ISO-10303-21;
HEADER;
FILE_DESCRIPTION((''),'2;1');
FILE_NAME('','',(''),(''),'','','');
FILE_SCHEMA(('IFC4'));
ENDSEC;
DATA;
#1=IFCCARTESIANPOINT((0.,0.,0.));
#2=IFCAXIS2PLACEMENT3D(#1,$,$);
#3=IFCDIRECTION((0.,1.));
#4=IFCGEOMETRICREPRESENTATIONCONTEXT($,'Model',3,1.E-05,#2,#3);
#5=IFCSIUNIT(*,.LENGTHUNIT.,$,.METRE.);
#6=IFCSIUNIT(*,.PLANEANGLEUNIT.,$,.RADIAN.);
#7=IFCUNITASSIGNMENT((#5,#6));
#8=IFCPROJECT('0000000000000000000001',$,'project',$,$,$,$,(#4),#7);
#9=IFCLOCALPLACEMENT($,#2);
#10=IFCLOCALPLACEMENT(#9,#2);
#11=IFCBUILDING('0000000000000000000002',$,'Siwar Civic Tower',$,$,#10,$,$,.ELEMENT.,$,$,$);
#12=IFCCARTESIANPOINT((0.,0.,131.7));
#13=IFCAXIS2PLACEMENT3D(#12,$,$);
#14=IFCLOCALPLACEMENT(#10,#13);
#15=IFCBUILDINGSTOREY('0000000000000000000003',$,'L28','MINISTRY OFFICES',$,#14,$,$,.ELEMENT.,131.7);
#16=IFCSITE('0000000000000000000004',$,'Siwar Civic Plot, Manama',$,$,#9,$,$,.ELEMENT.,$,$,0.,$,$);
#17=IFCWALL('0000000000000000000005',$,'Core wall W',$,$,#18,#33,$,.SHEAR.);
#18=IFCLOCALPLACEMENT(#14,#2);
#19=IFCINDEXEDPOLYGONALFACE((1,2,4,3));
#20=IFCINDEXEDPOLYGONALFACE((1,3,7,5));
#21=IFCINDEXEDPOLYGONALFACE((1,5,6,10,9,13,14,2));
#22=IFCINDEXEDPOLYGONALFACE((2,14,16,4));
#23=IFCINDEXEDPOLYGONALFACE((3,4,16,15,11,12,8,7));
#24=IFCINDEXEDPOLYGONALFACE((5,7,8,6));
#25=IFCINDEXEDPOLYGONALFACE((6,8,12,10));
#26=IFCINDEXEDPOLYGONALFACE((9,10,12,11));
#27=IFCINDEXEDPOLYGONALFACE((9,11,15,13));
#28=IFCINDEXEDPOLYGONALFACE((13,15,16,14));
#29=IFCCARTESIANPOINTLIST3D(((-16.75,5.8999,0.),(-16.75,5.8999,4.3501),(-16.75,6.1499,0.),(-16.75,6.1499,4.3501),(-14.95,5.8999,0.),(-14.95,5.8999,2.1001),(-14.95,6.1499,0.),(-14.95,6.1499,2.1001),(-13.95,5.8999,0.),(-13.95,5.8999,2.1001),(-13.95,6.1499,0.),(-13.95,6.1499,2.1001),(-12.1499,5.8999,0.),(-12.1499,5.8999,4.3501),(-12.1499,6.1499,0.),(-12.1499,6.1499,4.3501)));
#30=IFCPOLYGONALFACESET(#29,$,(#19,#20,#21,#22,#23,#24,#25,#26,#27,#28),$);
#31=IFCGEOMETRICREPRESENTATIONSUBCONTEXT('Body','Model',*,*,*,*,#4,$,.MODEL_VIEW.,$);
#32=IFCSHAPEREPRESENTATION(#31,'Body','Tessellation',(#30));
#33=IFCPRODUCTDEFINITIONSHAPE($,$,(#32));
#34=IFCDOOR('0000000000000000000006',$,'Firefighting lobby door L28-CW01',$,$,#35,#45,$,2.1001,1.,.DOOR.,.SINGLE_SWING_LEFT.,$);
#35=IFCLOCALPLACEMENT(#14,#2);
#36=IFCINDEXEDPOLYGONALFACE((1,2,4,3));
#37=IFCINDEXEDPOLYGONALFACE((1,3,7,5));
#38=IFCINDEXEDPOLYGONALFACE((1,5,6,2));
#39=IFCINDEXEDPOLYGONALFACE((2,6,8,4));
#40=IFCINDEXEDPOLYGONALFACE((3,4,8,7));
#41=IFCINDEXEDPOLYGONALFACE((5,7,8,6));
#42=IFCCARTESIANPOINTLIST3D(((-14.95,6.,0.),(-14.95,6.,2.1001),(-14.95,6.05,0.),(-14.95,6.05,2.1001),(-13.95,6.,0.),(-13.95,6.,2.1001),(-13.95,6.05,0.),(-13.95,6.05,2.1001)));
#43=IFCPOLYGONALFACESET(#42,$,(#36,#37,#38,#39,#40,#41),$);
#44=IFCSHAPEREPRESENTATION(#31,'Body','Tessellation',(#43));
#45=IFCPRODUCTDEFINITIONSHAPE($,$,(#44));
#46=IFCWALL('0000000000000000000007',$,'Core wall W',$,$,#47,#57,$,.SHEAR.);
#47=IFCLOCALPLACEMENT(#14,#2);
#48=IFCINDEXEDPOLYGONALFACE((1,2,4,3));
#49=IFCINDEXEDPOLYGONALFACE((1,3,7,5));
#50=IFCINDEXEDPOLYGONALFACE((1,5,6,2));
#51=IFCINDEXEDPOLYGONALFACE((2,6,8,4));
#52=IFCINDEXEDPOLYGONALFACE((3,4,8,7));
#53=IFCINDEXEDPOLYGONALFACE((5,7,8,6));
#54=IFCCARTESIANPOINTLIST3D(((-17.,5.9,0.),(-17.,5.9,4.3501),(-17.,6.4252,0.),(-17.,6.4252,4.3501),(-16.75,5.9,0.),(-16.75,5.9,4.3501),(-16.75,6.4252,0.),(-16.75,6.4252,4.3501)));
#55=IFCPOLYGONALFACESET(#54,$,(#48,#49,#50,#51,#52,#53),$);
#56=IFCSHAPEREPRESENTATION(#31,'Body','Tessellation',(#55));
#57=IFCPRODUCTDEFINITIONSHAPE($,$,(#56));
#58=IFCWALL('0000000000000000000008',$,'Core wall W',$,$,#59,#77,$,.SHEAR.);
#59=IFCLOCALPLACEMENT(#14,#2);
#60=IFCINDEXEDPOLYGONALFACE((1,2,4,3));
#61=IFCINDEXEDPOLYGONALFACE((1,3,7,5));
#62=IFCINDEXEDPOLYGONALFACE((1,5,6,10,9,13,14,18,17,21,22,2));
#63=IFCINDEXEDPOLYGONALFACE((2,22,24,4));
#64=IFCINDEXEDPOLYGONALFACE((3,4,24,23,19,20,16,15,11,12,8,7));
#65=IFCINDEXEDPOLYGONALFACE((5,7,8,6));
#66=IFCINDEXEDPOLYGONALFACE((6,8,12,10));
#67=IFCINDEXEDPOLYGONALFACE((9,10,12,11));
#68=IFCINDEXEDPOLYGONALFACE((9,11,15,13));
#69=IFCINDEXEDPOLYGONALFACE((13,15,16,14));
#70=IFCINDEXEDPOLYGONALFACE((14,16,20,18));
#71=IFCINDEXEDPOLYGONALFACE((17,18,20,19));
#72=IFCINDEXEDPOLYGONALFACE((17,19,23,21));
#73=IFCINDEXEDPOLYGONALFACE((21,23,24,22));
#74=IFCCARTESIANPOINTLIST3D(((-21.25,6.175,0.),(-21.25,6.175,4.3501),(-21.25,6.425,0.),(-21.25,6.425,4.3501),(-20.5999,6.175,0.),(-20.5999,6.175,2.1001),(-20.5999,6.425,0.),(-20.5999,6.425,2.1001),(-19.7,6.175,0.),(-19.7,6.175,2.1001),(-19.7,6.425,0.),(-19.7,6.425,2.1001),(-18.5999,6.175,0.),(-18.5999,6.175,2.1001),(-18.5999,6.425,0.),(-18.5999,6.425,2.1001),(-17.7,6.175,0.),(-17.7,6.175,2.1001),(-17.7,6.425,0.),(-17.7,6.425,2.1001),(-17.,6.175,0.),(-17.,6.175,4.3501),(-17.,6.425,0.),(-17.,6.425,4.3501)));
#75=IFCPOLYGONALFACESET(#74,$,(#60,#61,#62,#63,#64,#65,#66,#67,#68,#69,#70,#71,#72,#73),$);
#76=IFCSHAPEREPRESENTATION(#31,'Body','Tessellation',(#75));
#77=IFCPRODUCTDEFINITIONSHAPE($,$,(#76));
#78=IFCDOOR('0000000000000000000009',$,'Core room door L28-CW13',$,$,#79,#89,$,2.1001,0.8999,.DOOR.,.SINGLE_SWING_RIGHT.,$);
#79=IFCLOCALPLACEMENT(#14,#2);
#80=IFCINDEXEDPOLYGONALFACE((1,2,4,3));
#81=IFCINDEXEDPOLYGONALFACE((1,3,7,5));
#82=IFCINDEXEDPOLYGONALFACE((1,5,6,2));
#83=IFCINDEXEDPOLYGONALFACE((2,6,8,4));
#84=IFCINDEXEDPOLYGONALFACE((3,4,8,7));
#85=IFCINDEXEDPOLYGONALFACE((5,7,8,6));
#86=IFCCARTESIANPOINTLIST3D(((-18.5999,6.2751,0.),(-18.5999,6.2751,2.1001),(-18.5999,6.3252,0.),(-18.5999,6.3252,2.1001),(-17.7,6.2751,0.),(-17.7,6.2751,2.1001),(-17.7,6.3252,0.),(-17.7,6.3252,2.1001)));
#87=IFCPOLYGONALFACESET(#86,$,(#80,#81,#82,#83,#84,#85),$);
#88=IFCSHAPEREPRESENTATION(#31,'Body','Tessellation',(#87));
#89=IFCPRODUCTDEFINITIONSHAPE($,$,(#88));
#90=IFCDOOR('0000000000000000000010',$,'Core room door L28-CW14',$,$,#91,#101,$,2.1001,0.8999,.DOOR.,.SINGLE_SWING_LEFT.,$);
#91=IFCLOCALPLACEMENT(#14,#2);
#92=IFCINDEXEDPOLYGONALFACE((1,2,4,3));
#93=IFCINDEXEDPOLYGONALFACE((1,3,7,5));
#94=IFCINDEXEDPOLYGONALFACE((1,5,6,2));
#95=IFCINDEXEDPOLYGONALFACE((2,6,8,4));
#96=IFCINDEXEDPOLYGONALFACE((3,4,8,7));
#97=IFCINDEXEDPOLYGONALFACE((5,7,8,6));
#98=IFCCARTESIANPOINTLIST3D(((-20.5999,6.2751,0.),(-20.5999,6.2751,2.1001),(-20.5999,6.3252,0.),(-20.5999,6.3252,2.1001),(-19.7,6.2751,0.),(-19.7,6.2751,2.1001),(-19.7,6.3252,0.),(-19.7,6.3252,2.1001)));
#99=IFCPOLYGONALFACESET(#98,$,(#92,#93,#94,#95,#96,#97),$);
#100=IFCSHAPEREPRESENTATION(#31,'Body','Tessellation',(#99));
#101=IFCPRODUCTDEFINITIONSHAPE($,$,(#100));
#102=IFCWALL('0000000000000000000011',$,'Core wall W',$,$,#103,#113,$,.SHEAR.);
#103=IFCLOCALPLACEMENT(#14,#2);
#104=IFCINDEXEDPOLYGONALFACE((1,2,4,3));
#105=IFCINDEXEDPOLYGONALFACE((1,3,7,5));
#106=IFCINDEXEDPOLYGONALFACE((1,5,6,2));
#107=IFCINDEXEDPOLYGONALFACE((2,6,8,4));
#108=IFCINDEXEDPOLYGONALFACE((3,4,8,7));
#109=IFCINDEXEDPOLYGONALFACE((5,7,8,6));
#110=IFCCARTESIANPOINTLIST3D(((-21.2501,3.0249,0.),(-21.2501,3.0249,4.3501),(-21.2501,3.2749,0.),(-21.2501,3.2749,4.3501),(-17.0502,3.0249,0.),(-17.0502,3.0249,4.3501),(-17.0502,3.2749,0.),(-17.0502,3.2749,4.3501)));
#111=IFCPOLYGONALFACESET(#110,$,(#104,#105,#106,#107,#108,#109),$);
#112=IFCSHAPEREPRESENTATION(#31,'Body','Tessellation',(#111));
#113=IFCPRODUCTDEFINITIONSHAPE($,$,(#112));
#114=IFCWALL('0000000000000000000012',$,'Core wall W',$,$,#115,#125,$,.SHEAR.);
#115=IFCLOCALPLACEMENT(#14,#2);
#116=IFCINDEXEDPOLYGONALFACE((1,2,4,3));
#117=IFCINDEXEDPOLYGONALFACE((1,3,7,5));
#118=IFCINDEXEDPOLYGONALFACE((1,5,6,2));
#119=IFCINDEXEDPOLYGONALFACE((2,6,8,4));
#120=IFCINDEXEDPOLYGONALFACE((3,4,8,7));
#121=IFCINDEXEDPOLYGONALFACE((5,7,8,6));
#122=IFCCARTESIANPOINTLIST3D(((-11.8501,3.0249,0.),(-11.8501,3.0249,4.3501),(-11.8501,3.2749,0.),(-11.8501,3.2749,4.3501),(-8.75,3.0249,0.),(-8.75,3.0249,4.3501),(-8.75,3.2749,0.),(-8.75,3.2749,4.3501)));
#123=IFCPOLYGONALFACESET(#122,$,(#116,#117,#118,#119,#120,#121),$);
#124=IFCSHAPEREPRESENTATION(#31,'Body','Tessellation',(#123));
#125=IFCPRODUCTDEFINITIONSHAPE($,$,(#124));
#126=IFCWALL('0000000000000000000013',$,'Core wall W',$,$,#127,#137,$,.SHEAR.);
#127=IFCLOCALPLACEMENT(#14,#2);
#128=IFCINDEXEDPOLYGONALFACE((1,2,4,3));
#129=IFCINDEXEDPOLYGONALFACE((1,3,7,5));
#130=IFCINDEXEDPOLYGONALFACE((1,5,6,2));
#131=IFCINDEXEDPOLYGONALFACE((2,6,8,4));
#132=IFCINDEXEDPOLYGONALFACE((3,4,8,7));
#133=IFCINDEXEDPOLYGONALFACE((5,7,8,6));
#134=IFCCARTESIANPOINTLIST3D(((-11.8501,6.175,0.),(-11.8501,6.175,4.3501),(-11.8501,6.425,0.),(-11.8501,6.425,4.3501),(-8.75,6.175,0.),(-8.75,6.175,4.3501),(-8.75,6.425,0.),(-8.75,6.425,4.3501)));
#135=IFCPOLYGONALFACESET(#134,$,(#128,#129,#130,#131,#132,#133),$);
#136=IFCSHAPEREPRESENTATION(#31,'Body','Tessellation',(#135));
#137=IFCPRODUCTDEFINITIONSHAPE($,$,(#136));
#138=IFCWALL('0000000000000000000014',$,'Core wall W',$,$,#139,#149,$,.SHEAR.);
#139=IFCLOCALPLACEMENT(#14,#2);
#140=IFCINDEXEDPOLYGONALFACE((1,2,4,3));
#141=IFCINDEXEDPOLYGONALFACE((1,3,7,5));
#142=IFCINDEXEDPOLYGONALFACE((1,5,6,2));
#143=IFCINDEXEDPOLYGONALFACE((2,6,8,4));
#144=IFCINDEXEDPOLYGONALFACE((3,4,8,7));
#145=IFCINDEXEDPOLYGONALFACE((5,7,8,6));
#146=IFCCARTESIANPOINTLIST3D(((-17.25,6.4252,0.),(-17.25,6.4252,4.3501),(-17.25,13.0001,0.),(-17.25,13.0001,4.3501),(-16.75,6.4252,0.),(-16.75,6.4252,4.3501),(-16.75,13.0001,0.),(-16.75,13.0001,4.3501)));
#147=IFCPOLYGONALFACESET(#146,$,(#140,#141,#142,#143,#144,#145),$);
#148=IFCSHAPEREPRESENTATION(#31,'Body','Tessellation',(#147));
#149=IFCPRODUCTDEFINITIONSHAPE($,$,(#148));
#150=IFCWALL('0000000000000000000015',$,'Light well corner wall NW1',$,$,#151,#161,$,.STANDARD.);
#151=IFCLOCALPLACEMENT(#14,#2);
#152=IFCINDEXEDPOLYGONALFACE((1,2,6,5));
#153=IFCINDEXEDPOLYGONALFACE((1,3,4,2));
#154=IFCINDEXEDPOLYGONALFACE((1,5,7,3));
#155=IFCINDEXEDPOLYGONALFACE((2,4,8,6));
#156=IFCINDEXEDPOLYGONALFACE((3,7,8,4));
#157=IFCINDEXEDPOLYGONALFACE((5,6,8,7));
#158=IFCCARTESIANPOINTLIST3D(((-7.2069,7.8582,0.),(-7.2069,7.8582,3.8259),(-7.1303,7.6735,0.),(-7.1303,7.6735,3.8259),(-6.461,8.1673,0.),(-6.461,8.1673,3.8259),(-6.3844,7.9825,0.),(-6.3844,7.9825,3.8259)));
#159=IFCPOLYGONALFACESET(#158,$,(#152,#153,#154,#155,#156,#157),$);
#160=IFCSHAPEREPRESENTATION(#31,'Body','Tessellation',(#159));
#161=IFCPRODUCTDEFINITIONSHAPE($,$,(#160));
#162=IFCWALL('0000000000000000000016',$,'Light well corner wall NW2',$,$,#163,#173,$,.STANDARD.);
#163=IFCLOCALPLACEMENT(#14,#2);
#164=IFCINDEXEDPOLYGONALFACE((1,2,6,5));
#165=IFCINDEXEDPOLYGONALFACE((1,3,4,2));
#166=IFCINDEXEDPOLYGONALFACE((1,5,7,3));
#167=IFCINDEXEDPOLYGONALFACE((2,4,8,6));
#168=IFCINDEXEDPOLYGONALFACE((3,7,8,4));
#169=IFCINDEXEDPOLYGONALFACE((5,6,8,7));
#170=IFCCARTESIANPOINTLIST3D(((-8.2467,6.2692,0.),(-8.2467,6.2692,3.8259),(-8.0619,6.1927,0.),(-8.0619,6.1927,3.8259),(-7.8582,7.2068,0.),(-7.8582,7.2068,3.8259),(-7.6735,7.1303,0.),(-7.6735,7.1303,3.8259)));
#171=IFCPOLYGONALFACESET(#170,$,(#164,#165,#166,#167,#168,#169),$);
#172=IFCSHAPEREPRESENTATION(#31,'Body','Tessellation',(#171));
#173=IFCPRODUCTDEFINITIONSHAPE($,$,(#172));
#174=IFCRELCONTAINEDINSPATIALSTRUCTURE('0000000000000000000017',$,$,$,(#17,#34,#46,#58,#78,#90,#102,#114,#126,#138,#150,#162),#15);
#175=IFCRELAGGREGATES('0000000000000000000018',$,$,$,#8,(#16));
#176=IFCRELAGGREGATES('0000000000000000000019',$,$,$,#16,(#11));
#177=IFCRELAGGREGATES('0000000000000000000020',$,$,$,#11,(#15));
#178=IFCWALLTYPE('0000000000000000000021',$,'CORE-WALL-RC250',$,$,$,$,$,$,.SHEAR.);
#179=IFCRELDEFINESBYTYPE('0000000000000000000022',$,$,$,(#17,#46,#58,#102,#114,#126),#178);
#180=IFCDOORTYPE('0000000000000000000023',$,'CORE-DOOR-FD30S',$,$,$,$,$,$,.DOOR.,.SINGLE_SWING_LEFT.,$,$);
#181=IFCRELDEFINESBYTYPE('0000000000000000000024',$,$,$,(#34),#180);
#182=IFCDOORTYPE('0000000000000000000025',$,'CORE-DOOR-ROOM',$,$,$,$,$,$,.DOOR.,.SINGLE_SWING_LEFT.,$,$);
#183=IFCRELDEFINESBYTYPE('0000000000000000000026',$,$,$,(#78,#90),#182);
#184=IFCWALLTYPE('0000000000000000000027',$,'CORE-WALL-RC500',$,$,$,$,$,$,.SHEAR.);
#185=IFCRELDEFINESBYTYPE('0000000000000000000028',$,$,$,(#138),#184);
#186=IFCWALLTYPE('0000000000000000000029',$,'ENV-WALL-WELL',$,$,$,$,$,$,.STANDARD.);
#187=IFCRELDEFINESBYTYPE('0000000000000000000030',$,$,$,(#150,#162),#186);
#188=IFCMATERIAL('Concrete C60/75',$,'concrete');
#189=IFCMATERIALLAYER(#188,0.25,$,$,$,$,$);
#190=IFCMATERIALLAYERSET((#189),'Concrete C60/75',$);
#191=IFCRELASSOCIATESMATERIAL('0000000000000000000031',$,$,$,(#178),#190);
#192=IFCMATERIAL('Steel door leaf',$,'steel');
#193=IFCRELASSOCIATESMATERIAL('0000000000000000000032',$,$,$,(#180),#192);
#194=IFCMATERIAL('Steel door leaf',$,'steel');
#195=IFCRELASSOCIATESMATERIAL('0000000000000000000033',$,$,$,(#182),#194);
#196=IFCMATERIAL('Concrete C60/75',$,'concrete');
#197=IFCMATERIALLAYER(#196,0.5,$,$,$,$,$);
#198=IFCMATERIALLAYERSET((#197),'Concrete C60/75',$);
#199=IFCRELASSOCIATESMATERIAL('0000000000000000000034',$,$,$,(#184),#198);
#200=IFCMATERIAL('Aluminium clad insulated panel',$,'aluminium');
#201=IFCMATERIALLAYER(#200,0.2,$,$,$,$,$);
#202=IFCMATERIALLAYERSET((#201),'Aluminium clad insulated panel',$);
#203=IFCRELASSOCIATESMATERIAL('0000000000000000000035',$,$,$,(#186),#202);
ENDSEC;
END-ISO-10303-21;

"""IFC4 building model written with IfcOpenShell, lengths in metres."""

from ifc_helpers import new_model, si_unit, direction, frame, frame_2d, origin, place, context, subcontext, project, spatial, rectangle, extrude, material, layer, layer_set, type_object, element, fill, save


model = new_model("IFC4")

# Units and contexts
model_context = context("Model", 3, precision=1e-05, world=origin(), true_north=direction((0.0, 1.0)))
body_context = subcontext(model_context, "Body", "Model", "MODEL_VIEW")
ifc_project = project(units=[si_unit("LENGTHUNIT", "METRE"), si_unit("PLANEANGLEUNIT", "RADIAN")], contexts=[model_context])

# Site, building, storey
site_placement = place(None, origin())
site = spatial("IfcSite", under=ifc_project, at=site_placement, Name="Siwar Civic Plot, Manama", CompositionType="ELEMENT", RefElevation=0.0)
building_placement = place(site_placement, origin())
building = spatial("IfcBuilding", under=site, at=building_placement, Name="Siwar Civic Tower", CompositionType="ELEMENT")
storey_placement = place(building_placement, frame((0.0, 0.0, 131.7)))
storey = spatial("IfcBuildingStorey", under=building, at=storey_placement, Name="L28", Description="MINISTRY OFFICES", CompositionType="ELEMENT", Elevation=131.7)

# Wall, opening, door
ifc_material_1 = material(Name="Concrete C60/75", Category="concrete")
ifc_layer_1 = layer(ifc_material_1, 0.25)
ifc_layer_set_1 = layer_set([ifc_layer_1], Name="Concrete C60/75")
wall_type_1 = type_object("IfcWallType", Name="CORE-WALL-RC250", PredefinedType="SHEAR", material=ifc_layer_set_1)
wall_1_placement = place(storey_placement, frame((-12.1499, 6.0249, 0.0), z_axis=(0.0, 0.0, 1.0), x_axis=(-1.0, 0.0, 0.0)))
wall_1 = element("IfcWall", 1, at=wall_1_placement, inside=storey, type_object=wall_type_1, Name="Core wall W", PredefinedType="SHEAR", context=body_context, shape_type="SweptSolid", body=[
    extrude(rectangle(XDim=4.6001, YDim=0.25, at=frame_2d((2.3, 0.0))), origin(), (0.0, 0.0, 1.0), 4.3501),
])
opening_1_placement = place(wall_1_placement, frame((1.8, 0.0, 0.0)))
opening_1 = element("IfcOpeningElement", 2, at=opening_1_placement, cuts=wall_1, PredefinedType="OPENING", context=body_context, shape_type="SweptSolid", body=[
    extrude(rectangle(XDim=1.0, YDim=2.1001, at=frame_2d((0.5, 1.05))), frame((0.0, 0.135, 0.0), z_axis=(0.0, -1.0, 0.0), x_axis=(1.0, 0.0, 0.0)), (0.0, 0.0, 1.0), 0.27),
])
ifc_material_2 = material(Name="Steel door leaf", Category="steel")
door_type_1 = type_object("IfcDoorType", Name="CORE-DOOR-FD30S", OperationType="SINGLE_SWING_LEFT", PredefinedType="DOOR", material=ifc_material_2)
door_1_placement = place(opening_1_placement, origin())
door_1 = element("IfcDoor", 3, at=door_1_placement, inside=storey, type_object=door_type_1, Name="Firefighting lobby door L28-CW01", OperationType="SINGLE_SWING_LEFT", OverallHeight=2.1001, OverallWidth=1.0, PredefinedType="DOOR", context=body_context, shape_type="SweptSolid", body=[
    extrude(rectangle(XDim=1.0, YDim=2.1001, at=frame_2d((0.5, 1.05))), frame((0.0, 0.0249, 0.0), z_axis=(0.0, -1.0, 0.0), x_axis=(1.0, 0.0, 0.0)), (0.0, 0.0, 1.0), 0.05),
])
fill(opening_1, door_1)

# Wall
wall_2_placement = place(storey_placement, frame((-16.875, 5.8999, 0.0), z_axis=(0.0, 0.0, 1.0), x_axis=(0.0, 1.0, 0.0)))
element("IfcWall", 4, at=wall_2_placement, inside=storey, type_object=wall_type_1, Name="Core wall W", PredefinedType="SHEAR", context=body_context, shape_type="SweptSolid", body=[
    extrude(rectangle(XDim=0.5251, YDim=0.25, at=frame_2d((0.2627, 0.0))), origin(), (0.0, 0.0, 1.0), 4.3501),
])

# Wall, openings, doors
wall_3_placement = place(storey_placement, frame((-17.0, 6.3, 0.0), z_axis=(0.0, 0.0, 1.0), x_axis=(-1.0, 0.0, 0.0)))
wall_3 = element("IfcWall", 5, at=wall_3_placement, inside=storey, type_object=wall_type_1, Name="Core wall W", PredefinedType="SHEAR", context=body_context, shape_type="SweptSolid", body=[
    extrude(rectangle(XDim=4.25, YDim=0.25, at=frame_2d((2.125, 0.0))), origin(), (0.0, 0.0, 1.0), 4.3501),
])
opening_2_placement = place(wall_3_placement, frame((0.7, 0.0, 0.0)))
opening_2 = element("IfcOpeningElement", 6, at=opening_2_placement, cuts=wall_3, PredefinedType="OPENING", context=body_context, shape_type="SweptSolid", body=[
    extrude(rectangle(XDim=0.8999, YDim=2.1001, at=frame_2d((0.45, 1.05))), frame((0.0, 0.135, 0.0), z_axis=(0.0, -1.0, 0.0), x_axis=(1.0, 0.0, 0.0)), (0.0, 0.0, 1.0), 0.27),
])
opening_3_placement = place(wall_3_placement, frame((2.7, 0.0, 0.0)))
opening_3 = element("IfcOpeningElement", 7, at=opening_3_placement, cuts=wall_3, PredefinedType="OPENING", context=body_context, shape_type="SweptSolid", body=[
    extrude(rectangle(XDim=0.8999, YDim=2.1001, at=frame_2d((0.45, 1.05))), frame((0.0, 0.135, 0.0), z_axis=(0.0, -1.0, 0.0), x_axis=(1.0, 0.0, 0.0)), (0.0, 0.0, 1.0), 0.27),
])
ifc_material_3 = material(Name="Steel door leaf", Category="steel")
door_type_2 = type_object("IfcDoorType", Name="CORE-DOOR-ROOM", OperationType="SINGLE_SWING_LEFT", PredefinedType="DOOR", material=ifc_material_3)
door_2_placement = place(opening_2_placement, origin())
door_2 = element("IfcDoor", 8, at=door_2_placement, inside=storey, type_object=door_type_2, Name="Core room door L28-CW13", OperationType="SINGLE_SWING_RIGHT", OverallHeight=2.1001, OverallWidth=0.8999, PredefinedType="DOOR", context=body_context, shape_type="SweptSolid", body=[
    extrude(rectangle(XDim=0.8999, YDim=2.1001, at=frame_2d((0.45, 1.05))), frame((0.0, 0.0249, 0.0), z_axis=(0.0, -1.0, 0.0), x_axis=(1.0, 0.0, 0.0)), (0.0, 0.0, 1.0), 0.05),
])
fill(opening_2, door_2)
door_3_placement = place(opening_3_placement, origin())
door_3 = element("IfcDoor", 9, at=door_3_placement, inside=storey, type_object=door_type_2, Name="Core room door L28-CW14", OperationType="SINGLE_SWING_LEFT", OverallHeight=2.1001, OverallWidth=0.8999, PredefinedType="DOOR", context=body_context, shape_type="SweptSolid", body=[
    extrude(rectangle(XDim=0.8999, YDim=2.1001, at=frame_2d((0.45, 1.05))), frame((0.0, 0.0249, 0.0), z_axis=(0.0, -1.0, 0.0), x_axis=(1.0, 0.0, 0.0)), (0.0, 0.0, 1.0), 0.05),
])
fill(opening_3, door_3)

# Walls
wall_4_placement = place(storey_placement, frame((-17.05, 3.1499, 0.0), z_axis=(0.0, 0.0, 1.0), x_axis=(-1.0, 0.0, 0.0)))
element("IfcWall", 10, at=wall_4_placement, inside=storey, type_object=wall_type_1, Name="Core wall W", PredefinedType="SHEAR", context=body_context, shape_type="SweptSolid", body=[
    extrude(rectangle(XDim=4.2, YDim=0.25, at=frame_2d((2.1001, 0.0))), origin(), (0.0, 0.0, 1.0), 4.3501),
])
for number, where, z_axis, x_axis, name in (
    (11, (-8.75, 3.1499, 0.0), (0.0, 0.0, 1.0), (-1.0, 0.0, 0.0), "Core wall W"),
    (12, (-8.75, 6.3, 0.0), (0.0, 0.0, 1.0), (-1.0, 0.0, 0.0), "Core wall W"),
):
    element("IfcWall", number, at=place(storey_placement, frame(where, z_axis=z_axis, x_axis=x_axis)), inside=storey, type_object=wall_type_1, Name=name, PredefinedType="SHEAR", context=body_context, shape_type="SweptSolid", body=[
        extrude(rectangle(XDim=3.1001, YDim=0.25, at=frame_2d((1.55, 0.0))), origin(), (0.0, 0.0, 1.0), 4.3501),
    ])
ifc_material_4 = material(Name="Concrete C60/75", Category="concrete")
ifc_layer_2 = layer(ifc_material_4, 0.5)
ifc_layer_set_2 = layer_set([ifc_layer_2], Name="Concrete C60/75")
wall_type_2 = type_object("IfcWallType", Name="CORE-WALL-RC500", PredefinedType="SHEAR", material=ifc_layer_set_2)
wall_5_placement = place(storey_placement, frame((-17.0, 6.425, 0.0), z_axis=(0.0, 0.0, 1.0), x_axis=(0.0, 1.0, 0.0)))
element("IfcWall", 13, at=wall_5_placement, inside=storey, type_object=wall_type_2, Name="Core wall W", PredefinedType="SHEAR", context=body_context, shape_type="SweptSolid", body=[
    extrude(rectangle(XDim=6.575, YDim=0.5, at=frame_2d((3.2876, 0.0))), origin(), (0.0, 0.0, 1.0), 4.3501),
])
ifc_material_5 = material(Name="Aluminium clad insulated panel", Category="aluminium")
ifc_layer_3 = layer(ifc_material_5, 0.2)
ifc_layer_set_3 = layer_set([ifc_layer_3], Name="Aluminium clad insulated panel")
wall_type_3 = type_object("IfcWallType", Name="ENV-WALL-WELL", PredefinedType="STANDARD", material=ifc_layer_set_3)
wall_6_placement = place(storey_placement, frame((-6.4226, 8.075, 0.0), z_axis=(0.0, 0.0, 1.0), x_axis=(-0.923818, -0.382833, 0.0)))
element("IfcWall", 14, at=wall_6_placement, inside=storey, type_object=wall_type_3, Name="Light well corner wall NW1", PredefinedType="STANDARD", context=body_context, shape_type="SweptSolid", body=[
    extrude(rectangle(XDim=0.8074, YDim=0.2, at=frame_2d((0.4038, 0.0))), origin(), (0.0, 0.0, 1.0), 3.8259),
])
wall_7_placement = place(storey_placement, frame((-7.7659, 7.1685, 0.0), z_axis=(0.0, 0.0, 1.0), x_axis=(-0.38277, -0.923844, 0.0)))
element("IfcWall", 15, at=wall_7_placement, inside=storey, type_object=wall_type_3, Name="Light well corner wall NW2", PredefinedType="STANDARD", context=body_context, shape_type="SweptSolid", body=[
    extrude(rectangle(XDim=1.0149, YDim=0.2, at=frame_2d((0.5073, 0.0))), origin(), (0.0, 0.0, 1.0), 3.8259),
])

save(model, "model.ifc")
